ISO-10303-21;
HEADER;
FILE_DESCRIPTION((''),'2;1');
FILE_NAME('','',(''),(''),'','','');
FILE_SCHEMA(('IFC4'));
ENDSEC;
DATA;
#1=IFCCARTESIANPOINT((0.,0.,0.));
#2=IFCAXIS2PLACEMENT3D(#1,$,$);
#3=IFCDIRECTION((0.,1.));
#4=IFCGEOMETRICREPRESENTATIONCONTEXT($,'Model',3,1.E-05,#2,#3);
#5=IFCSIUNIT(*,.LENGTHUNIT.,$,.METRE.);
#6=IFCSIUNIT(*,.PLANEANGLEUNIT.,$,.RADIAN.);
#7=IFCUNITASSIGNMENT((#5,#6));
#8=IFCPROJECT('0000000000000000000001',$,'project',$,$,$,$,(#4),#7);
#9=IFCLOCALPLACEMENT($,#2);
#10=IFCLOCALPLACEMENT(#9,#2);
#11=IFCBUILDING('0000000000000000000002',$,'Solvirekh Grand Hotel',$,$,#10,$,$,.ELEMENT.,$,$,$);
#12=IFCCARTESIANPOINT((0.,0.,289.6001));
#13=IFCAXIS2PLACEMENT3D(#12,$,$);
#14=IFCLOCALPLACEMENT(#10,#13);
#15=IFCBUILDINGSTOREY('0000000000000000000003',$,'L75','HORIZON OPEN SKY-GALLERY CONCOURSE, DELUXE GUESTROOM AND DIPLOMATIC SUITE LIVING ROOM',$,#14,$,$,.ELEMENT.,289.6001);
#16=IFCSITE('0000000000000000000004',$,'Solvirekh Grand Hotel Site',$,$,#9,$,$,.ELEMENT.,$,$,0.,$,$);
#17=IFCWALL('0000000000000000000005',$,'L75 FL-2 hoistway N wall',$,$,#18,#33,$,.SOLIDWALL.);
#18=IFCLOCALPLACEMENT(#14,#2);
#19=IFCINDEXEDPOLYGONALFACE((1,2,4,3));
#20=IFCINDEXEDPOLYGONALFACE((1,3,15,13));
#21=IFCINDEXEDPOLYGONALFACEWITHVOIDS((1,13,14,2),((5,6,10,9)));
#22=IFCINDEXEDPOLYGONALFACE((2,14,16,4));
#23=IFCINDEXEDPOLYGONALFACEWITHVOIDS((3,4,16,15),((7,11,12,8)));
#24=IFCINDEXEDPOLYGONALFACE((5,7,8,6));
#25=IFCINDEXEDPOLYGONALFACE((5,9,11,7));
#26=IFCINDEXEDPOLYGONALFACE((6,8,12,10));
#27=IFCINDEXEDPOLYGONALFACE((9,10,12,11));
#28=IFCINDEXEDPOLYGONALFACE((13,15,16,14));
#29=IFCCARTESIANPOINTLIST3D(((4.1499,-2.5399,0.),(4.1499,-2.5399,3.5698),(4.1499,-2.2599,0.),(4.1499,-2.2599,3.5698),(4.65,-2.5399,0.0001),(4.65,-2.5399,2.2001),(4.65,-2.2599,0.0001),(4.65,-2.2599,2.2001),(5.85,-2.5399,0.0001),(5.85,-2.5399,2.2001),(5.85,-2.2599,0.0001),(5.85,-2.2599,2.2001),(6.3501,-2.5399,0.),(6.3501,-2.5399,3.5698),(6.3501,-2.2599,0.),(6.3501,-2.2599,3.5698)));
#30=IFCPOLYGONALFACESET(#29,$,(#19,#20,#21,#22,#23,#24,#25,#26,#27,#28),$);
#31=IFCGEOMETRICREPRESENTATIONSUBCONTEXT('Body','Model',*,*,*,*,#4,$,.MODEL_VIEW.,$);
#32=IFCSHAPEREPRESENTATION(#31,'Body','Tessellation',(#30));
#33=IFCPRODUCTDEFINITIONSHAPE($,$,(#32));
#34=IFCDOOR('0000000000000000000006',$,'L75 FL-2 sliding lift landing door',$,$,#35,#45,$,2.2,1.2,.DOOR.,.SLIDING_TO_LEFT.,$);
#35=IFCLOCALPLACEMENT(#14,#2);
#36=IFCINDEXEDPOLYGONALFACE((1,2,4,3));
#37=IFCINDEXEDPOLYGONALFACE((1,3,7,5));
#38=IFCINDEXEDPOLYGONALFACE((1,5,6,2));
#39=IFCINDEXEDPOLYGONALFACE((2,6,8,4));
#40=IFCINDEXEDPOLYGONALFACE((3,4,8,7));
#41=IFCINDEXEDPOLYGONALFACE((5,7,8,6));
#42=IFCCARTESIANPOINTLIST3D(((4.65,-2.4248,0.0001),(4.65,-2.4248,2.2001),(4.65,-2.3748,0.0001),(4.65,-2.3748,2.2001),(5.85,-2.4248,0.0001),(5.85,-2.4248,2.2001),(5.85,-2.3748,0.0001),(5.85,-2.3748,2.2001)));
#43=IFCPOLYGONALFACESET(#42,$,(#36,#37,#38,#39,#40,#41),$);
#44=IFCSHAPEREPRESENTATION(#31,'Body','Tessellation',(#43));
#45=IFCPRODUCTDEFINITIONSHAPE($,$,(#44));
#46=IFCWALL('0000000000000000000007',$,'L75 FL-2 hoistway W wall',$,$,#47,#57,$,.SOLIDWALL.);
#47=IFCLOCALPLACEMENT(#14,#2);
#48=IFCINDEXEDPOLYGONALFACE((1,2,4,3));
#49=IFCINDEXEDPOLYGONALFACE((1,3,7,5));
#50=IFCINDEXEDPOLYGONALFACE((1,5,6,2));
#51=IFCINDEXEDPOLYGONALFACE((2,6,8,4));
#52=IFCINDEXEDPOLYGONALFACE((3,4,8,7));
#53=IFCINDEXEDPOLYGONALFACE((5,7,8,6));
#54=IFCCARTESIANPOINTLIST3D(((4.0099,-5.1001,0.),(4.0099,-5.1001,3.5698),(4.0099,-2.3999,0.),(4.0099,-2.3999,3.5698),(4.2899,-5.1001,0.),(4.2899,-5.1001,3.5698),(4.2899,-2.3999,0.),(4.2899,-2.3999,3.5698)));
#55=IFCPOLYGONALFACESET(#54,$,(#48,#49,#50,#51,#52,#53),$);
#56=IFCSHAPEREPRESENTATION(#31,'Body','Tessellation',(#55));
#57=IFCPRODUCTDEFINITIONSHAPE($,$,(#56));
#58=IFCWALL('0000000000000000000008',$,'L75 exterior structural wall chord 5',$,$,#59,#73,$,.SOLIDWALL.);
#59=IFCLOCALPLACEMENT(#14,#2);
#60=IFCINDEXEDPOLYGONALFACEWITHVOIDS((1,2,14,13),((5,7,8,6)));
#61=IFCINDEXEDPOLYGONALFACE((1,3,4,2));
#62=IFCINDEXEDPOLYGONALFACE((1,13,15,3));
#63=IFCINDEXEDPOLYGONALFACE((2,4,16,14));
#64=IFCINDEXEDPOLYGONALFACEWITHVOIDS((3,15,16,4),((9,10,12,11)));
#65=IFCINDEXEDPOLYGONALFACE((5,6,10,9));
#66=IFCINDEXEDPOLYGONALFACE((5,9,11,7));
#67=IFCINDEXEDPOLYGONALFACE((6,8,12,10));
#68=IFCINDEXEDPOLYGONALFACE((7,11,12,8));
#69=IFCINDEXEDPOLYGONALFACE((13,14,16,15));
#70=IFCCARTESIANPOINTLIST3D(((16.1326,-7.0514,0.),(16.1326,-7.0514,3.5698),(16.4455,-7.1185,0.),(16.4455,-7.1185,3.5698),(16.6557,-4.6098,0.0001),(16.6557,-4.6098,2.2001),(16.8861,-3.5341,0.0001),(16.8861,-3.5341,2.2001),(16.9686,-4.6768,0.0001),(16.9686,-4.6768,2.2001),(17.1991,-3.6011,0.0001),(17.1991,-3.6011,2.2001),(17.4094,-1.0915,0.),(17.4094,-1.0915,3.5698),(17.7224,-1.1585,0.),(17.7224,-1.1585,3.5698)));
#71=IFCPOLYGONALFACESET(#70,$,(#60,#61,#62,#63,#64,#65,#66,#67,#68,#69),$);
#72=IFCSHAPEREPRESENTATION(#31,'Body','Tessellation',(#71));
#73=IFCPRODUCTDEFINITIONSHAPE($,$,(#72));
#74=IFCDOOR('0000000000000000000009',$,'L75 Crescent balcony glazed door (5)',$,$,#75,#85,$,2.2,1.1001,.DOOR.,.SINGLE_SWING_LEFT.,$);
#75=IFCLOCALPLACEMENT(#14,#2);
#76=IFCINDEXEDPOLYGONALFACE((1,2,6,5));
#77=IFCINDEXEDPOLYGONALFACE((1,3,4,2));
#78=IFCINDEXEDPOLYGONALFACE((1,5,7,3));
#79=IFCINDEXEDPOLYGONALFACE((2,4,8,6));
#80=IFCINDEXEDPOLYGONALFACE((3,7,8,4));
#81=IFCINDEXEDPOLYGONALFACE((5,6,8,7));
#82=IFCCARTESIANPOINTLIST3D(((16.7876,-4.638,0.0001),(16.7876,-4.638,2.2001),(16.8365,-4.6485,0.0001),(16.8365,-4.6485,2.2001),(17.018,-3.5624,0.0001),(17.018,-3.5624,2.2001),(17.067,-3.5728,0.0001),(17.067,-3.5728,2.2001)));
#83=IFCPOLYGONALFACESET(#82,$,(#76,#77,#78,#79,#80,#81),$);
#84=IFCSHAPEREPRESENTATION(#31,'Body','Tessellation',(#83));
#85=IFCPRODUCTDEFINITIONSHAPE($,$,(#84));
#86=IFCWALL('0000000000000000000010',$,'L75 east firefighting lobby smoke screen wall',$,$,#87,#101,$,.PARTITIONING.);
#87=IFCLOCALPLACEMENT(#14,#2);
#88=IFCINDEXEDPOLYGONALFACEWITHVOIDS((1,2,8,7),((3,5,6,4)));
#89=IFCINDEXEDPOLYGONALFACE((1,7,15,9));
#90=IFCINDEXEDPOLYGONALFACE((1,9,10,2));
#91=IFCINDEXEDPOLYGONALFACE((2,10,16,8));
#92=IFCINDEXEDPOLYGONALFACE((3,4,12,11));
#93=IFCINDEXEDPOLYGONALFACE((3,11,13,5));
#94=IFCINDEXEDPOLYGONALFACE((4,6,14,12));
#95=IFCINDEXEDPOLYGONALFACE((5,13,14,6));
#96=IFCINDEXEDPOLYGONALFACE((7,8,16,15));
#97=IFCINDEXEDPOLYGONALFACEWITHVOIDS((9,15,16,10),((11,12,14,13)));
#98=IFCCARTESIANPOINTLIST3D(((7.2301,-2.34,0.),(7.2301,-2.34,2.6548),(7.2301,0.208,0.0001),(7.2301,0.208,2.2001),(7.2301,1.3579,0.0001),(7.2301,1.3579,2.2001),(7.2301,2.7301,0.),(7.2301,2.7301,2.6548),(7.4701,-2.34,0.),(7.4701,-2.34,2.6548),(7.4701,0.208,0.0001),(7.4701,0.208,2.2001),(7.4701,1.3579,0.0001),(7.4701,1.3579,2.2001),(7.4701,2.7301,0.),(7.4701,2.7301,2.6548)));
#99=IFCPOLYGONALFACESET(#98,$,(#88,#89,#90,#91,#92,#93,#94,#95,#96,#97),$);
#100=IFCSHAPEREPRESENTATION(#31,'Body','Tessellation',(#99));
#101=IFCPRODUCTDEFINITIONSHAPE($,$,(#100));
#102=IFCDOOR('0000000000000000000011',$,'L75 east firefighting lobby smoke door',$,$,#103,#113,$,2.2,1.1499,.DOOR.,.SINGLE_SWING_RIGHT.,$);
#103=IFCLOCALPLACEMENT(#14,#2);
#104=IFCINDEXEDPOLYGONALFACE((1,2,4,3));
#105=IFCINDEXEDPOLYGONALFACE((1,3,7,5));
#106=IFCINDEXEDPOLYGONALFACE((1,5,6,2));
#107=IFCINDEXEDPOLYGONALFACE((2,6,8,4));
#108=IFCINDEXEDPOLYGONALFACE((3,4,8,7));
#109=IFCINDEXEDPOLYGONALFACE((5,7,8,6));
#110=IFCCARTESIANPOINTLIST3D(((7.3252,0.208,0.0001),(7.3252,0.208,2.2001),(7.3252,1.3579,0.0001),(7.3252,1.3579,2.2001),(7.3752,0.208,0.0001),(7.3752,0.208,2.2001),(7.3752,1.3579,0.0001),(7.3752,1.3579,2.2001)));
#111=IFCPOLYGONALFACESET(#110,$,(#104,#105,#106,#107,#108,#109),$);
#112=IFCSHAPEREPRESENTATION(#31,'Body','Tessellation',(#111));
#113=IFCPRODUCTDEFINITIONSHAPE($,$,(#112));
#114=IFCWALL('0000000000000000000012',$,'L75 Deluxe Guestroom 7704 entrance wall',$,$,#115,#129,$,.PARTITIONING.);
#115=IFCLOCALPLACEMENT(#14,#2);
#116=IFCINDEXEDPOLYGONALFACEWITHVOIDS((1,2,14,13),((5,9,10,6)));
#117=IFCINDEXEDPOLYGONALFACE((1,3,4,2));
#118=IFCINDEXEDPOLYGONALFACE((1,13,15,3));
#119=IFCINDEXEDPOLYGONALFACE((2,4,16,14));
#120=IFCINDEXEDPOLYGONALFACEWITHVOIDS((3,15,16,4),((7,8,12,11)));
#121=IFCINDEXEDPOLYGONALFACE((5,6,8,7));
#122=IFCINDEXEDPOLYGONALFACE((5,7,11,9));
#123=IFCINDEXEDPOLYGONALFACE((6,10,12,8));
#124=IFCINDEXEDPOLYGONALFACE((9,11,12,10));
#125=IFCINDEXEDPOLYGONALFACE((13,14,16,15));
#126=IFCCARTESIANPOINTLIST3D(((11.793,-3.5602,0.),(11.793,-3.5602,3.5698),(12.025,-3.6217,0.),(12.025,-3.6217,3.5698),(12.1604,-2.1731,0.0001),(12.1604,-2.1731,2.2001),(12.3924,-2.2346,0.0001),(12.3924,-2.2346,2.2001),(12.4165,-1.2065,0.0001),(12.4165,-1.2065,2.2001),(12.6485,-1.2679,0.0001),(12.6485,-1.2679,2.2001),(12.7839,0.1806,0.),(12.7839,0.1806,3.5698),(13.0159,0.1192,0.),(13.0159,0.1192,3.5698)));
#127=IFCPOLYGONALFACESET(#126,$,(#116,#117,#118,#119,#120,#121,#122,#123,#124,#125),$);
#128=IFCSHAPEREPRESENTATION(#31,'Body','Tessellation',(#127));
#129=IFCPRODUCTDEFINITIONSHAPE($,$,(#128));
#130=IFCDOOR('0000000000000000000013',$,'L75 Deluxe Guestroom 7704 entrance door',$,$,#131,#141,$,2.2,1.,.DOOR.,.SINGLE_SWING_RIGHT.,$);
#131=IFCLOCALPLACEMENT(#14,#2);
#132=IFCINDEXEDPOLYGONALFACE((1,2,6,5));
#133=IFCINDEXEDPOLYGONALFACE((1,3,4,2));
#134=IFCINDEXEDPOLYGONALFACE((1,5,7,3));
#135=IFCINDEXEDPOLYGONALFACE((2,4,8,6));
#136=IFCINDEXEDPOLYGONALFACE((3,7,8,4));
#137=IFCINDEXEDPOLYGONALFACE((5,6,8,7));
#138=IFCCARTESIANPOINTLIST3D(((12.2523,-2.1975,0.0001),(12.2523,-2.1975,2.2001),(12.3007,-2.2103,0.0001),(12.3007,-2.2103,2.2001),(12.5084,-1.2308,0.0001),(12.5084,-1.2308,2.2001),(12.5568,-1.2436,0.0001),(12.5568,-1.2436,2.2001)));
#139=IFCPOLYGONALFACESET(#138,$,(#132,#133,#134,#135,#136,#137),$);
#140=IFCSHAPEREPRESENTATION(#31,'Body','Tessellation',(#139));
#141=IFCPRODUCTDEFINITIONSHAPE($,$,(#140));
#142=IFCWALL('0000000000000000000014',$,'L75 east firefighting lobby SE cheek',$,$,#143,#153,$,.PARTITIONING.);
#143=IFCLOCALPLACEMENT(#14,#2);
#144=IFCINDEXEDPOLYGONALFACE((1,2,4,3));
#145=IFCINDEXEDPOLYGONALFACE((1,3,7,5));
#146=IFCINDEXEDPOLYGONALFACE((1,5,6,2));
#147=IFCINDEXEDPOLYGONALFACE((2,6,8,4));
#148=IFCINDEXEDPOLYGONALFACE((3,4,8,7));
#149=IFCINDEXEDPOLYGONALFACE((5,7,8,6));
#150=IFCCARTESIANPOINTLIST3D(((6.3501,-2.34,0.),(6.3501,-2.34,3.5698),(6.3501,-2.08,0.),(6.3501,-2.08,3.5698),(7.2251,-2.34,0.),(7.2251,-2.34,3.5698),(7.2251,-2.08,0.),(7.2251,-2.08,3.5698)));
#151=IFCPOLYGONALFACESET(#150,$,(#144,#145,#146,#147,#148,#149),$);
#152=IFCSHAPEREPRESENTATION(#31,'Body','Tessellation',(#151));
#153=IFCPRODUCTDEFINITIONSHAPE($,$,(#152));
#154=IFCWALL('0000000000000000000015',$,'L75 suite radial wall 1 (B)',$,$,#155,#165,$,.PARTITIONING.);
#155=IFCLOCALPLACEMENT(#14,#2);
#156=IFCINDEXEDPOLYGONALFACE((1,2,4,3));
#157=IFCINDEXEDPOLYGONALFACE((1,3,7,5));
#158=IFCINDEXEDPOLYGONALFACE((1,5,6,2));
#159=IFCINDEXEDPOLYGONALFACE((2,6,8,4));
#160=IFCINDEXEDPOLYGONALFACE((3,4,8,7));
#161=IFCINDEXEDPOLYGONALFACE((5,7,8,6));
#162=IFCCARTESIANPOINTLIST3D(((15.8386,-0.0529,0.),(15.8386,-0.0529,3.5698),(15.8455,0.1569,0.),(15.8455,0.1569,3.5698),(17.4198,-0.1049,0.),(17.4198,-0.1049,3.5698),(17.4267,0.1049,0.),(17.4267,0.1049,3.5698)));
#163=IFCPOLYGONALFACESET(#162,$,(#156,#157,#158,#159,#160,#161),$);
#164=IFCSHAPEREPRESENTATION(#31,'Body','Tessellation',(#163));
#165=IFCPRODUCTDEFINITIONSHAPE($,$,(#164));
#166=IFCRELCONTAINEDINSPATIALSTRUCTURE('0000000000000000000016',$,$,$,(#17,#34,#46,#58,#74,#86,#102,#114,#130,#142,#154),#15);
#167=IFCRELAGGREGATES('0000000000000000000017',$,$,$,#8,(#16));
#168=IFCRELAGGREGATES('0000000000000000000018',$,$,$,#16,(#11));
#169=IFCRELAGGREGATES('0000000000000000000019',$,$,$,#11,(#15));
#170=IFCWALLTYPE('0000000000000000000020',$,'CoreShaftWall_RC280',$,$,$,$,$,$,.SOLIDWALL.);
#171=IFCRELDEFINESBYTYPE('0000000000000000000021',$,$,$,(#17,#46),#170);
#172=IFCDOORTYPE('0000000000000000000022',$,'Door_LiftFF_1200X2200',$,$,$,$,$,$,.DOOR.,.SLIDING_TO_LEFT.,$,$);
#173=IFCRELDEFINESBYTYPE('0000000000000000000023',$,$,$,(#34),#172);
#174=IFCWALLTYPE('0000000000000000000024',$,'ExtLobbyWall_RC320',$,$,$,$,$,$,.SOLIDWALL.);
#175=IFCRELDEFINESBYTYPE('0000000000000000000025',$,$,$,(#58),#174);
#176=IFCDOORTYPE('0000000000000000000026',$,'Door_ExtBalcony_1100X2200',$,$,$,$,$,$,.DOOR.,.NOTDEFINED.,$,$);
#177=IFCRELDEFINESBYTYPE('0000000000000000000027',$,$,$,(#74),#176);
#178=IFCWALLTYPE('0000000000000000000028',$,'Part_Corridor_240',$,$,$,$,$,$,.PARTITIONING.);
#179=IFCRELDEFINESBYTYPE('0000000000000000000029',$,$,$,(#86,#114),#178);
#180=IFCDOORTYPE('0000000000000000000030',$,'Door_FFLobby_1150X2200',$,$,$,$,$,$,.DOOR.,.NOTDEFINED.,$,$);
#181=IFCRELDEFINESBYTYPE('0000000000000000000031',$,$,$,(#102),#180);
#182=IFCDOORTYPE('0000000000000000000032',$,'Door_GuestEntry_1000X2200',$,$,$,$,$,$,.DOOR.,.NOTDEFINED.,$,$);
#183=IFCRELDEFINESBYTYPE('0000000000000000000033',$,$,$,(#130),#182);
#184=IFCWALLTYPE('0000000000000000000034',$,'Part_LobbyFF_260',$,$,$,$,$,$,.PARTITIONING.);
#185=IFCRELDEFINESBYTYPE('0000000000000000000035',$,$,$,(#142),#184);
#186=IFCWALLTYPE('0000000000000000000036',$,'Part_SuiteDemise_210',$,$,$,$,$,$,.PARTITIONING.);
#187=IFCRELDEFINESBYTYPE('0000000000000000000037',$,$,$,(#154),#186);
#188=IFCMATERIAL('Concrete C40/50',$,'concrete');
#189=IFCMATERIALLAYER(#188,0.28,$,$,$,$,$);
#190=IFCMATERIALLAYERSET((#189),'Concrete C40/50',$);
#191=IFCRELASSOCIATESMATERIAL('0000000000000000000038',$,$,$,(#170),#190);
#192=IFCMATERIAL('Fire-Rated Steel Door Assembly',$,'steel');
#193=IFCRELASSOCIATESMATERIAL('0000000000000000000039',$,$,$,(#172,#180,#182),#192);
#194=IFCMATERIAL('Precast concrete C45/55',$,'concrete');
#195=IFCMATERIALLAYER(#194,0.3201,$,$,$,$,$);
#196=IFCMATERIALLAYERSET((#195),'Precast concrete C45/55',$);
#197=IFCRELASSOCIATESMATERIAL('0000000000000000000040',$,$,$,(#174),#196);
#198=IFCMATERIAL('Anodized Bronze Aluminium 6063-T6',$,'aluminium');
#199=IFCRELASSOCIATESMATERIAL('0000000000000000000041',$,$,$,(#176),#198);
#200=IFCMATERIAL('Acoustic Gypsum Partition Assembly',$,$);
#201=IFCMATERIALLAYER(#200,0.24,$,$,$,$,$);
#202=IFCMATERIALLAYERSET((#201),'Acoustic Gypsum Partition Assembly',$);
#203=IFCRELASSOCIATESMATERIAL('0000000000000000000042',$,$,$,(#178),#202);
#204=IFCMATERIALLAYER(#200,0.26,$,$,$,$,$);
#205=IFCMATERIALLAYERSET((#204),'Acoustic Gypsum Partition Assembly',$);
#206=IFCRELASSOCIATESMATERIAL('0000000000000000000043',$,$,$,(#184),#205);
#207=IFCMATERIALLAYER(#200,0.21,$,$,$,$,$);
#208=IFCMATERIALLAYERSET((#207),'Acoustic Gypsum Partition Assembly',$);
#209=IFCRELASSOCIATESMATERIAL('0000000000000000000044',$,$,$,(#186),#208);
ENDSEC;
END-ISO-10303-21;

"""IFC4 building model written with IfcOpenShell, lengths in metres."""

from ifc_helpers import new_model, si_unit, direction, frame, frame_2d, origin, place, context, subcontext, project, spatial, rectangle, extrude, material, layer, layer_set, type_object, element, fill, save


model = new_model("IFC4")

# Units and contexts
model_context = context("Model", 3, precision=1e-05, world=origin(), true_north=direction((0.0, 1.0)))
body_context = subcontext(model_context, "Body", "Model", "MODEL_VIEW")
ifc_project = project(units=[si_unit("LENGTHUNIT", "METRE"), si_unit("PLANEANGLEUNIT", "RADIAN")], contexts=[model_context])

# Site, building, storey
site_placement = place(None, origin())
site = spatial("IfcSite", under=ifc_project, at=site_placement, Name="Solvirekh Grand Hotel Site", CompositionType="ELEMENT", RefElevation=0.0)
building_placement = place(site_placement, origin())
building = spatial("IfcBuilding", under=site, at=building_placement, Name="Solvirekh Grand Hotel", CompositionType="ELEMENT")
storey_placement = place(building_placement, frame((0.0, 0.0, 289.6001)))
storey = spatial("IfcBuildingStorey", under=building, at=storey_placement, Name="L75", Description="HORIZON OPEN SKY-GALLERY CONCOURSE, DELUXE GUESTROOM AND DIPLOMATIC SUITE LIVING ROOM", CompositionType="ELEMENT", Elevation=289.6001)

# Shared definitions
ifc_material_1 = material(Name="Concrete C40/50", Category="concrete")
ifc_layer_1 = layer(ifc_material_1, 0.28)
ifc_layer_set_1 = layer_set([ifc_layer_1], Name="Concrete C40/50")
wall_type_1 = type_object("IfcWallType", Name="CoreShaftWall_RC280", PredefinedType="SOLIDWALL", material=ifc_layer_set_1)

# Wall, opening, door
wall_1_placement = place(storey_placement, frame((6.3501, -2.3999, 0.0), z_axis=(0.0, 0.0, 1.0), x_axis=(-1.0, 0.0, 0.0)))
wall_1 = element("IfcWall", 1, at=wall_1_placement, inside=storey, type_object=wall_type_1, Name="L75 FL-2 hoistway N wall", PredefinedType="SOLIDWALL", context=body_context, shape_type="SweptSolid", body=[
    extrude(rectangle(XDim=2.2002, YDim=0.28, at=frame_2d((1.1001, 0.0))), origin(), (0.0, 0.0, 1.0), 3.5698),
])
opening_1_placement = place(wall_1_placement, frame((0.5, 0.0, 0.0)))
opening_1 = element("IfcOpeningElement", 2, at=opening_1_placement, cuts=wall_1, PredefinedType="OPENING", context=body_context, shape_type="SweptSolid", body=[
    extrude(rectangle(XDim=1.2, YDim=2.2, at=frame_2d((0.6001, 1.1001))), frame((0.0, 0.1499, 0.0), z_axis=(0.0, -1.0, 0.0), x_axis=(1.0, 0.0, 0.0)), (0.0, 0.0, 1.0), 0.3),
])
ifc_material_2 = material(Name="Fire-Rated Steel Door Assembly", Category="steel")
door_type_1 = type_object("IfcDoorType", Name="Door_LiftFF_1200X2200", OperationType="SLIDING_TO_LEFT", PredefinedType="DOOR", material=ifc_material_2)
door_1_placement = place(opening_1_placement, origin())
door_1 = element("IfcDoor", 3, at=door_1_placement, inside=storey, type_object=door_type_1, Name="L75 FL-2 sliding lift landing door", OperationType="SLIDING_TO_LEFT", OverallHeight=2.2, OverallWidth=1.2, PredefinedType="DOOR", context=body_context, shape_type="SweptSolid", body=[
    extrude(rectangle(XDim=1.2, YDim=2.2, at=frame_2d((0.6001, 1.1001))), frame((0.0, 0.0249, 0.0), z_axis=(0.0, -1.0, 0.0), x_axis=(1.0, 0.0, 0.0)), (0.0, 0.0, 1.0), 0.05),
])
fill(opening_1, door_1)

# Wall
wall_2_placement = place(storey_placement, frame((4.1499, -2.3999, 0.0), z_axis=(0.0, 0.0, 1.0), x_axis=(0.0, -1.0, 0.0)))
element("IfcWall", 4, at=wall_2_placement, inside=storey, type_object=wall_type_1, Name="L75 FL-2 hoistway W wall", PredefinedType="SOLIDWALL", context=body_context, shape_type="SweptSolid", body=[
    extrude(rectangle(XDim=2.7002, YDim=0.28, at=frame_2d((1.3501, 0.0))), origin(), (0.0, 0.0, 1.0), 3.5698),
])

# Walls, openings, doors
ifc_material_3 = material(Name="Precast concrete C45/55", Category="concrete")
ifc_layer_2 = layer(ifc_material_3, 0.3201)
ifc_layer_set_2 = layer_set([ifc_layer_2], Name="Precast concrete C45/55")
wall_type_2 = type_object("IfcWallType", Name="ExtLobbyWall_RC320", PredefinedType="SOLIDWALL", material=ifc_layer_set_2)
wall_3_placement = place(storey_placement, frame((17.5659, -1.125, 0.0), z_axis=(0.0, 0.0, 1.0), x_axis=(-0.209485, -0.977812, 0.0)))
wall_3 = element("IfcWall", 5, at=wall_3_placement, inside=storey, type_object=wall_type_2, Name="L75 exterior structural wall chord 5", PredefinedType="SOLIDWALL", context=body_context, shape_type="SweptSolid", body=[
    extrude(rectangle(XDim=6.0952, YDim=0.3201, at=frame_2d((3.0476, 0.0))), origin(), (0.0, 0.0, 1.0), 3.5698),
])
opening_2_placement = place(wall_3_placement, frame((2.498, 0.0, 0.0)))
opening_2 = element("IfcOpeningElement", 6, at=opening_2_placement, cuts=wall_3, PredefinedType="OPENING", context=body_context, shape_type="SweptSolid", body=[
    extrude(rectangle(XDim=1.1001, YDim=2.2, at=frame_2d((0.55, 1.1001))), frame((0.0, 0.1699, 0.0), z_axis=(0.0, -1.0, 0.0), x_axis=(1.0, 0.0, 0.0)), (0.0, 0.0, 1.0), 0.3401),
])
ifc_material_4 = material(Name="Anodized Bronze Aluminium 6063-T6", Category="aluminium")
door_type_2 = type_object("IfcDoorType", Name="Door_ExtBalcony_1100X2200", OperationType="NOTDEFINED", PredefinedType="DOOR", material=ifc_material_4)
door_2_placement = place(opening_2_placement, origin())
door_2 = element("IfcDoor", 7, at=door_2_placement, inside=storey, type_object=door_type_2, Name="L75 Crescent balcony glazed door (5)", OperationType="SINGLE_SWING_LEFT", OverallHeight=2.2, OverallWidth=1.1001, PredefinedType="DOOR", context=body_context, shape_type="SweptSolid", body=[
    extrude(rectangle(XDim=1.1001, YDim=2.2, at=frame_2d((0.55, 1.1001))), frame((0.0, 0.0249, 0.0), z_axis=(0.0, -1.0, 0.0), x_axis=(1.0, 0.0, 0.0)), (0.0, 0.0, 1.0), 0.05),
])
fill(opening_2, door_2)
ifc_material_5 = material(Name="Acoustic Gypsum Partition Assembly")
ifc_layer_3 = layer(ifc_material_5, 0.24)
ifc_layer_set_3 = layer_set([ifc_layer_3], Name="Acoustic Gypsum Partition Assembly")
wall_type_3 = type_object("IfcWallType", Name="Part_Corridor_240", PredefinedType="PARTITIONING", material=ifc_layer_set_3)
wall_4_placement = place(storey_placement, frame((7.3501, -2.3401, 0.0), z_axis=(0.0, 0.0, 1.0), x_axis=(0.0, 1.0, 0.0)))
wall_4 = element("IfcWall", 8, at=wall_4_placement, inside=storey, type_object=wall_type_3, Name="L75 east firefighting lobby smoke screen wall", PredefinedType="PARTITIONING", context=body_context, shape_type="SweptSolid", body=[
    extrude(rectangle(XDim=5.0701, YDim=0.24, at=frame_2d((2.5352, 0.0))), origin(), (0.0, 0.0, 1.0), 2.6548),
])
opening_3_placement = place(wall_4_placement, frame((2.5481, 0.0, 0.0)))
opening_3 = element("IfcOpeningElement", 9, at=opening_3_placement, cuts=wall_4, PredefinedType="OPENING", context=body_context, shape_type="SweptSolid", body=[
    extrude(rectangle(XDim=1.1499, YDim=2.2, at=frame_2d((0.575, 1.1001))), frame((0.0, 0.1299, 0.0), z_axis=(0.0, -1.0, 0.0), x_axis=(1.0, 0.0, 0.0)), (0.0, 0.0, 1.0), 0.26),
])
door_type_3 = type_object("IfcDoorType", Name="Door_FFLobby_1150X2200", OperationType="NOTDEFINED", PredefinedType="DOOR", material=ifc_material_2)
door_3_placement = place(opening_3_placement, origin())
door_3 = element("IfcDoor", 10, at=door_3_placement, inside=storey, type_object=door_type_3, Name="L75 east firefighting lobby smoke door", OperationType="SINGLE_SWING_RIGHT", OverallHeight=2.2, OverallWidth=1.1499, PredefinedType="DOOR", context=body_context, shape_type="SweptSolid", body=[
    extrude(rectangle(XDim=1.1499, YDim=2.2, at=frame_2d((0.575, 1.1001))), frame((0.0, 0.0249, 0.0), z_axis=(0.0, -1.0, 0.0), x_axis=(1.0, 0.0, 0.0)), (0.0, 0.0, 1.0), 0.05),
])
fill(opening_3, door_3)
wall_5_placement = place(storey_placement, frame((11.9089, -3.5911, 0.0), z_axis=(0.0, 0.0, 1.0), x_axis=(0.256064, 0.96666, 0.0)))
wall_5 = element("IfcWall", 11, at=wall_5_placement, inside=storey, type_object=wall_type_3, Name="L75 Deluxe Guestroom 7704 entrance wall", PredefinedType="PARTITIONING", context=body_context, shape_type="SweptSolid", body=[
    extrude(rectangle(XDim=3.8699, YDim=0.24, at=frame_2d((1.9351, 0.0))), origin(), (0.0, 0.0, 1.0), 3.5698),
])
opening_4_placement = place(wall_5_placement, frame((1.4351, 0.0, 0.0)))
opening_4 = element("IfcOpeningElement", 12, at=opening_4_placement, cuts=wall_5, PredefinedType="OPENING", context=body_context, shape_type="SweptSolid", body=[
    extrude(rectangle(XDim=1.0, YDim=2.2, at=frame_2d((0.5, 1.1001))), frame((0.0, 0.1299, 0.0), z_axis=(0.0, -1.0, 0.0), x_axis=(1.0, 0.0, 0.0)), (0.0, 0.0, 1.0), 0.26),
])
door_type_4 = type_object("IfcDoorType", Name="Door_GuestEntry_1000X2200", OperationType="NOTDEFINED", PredefinedType="DOOR", material=ifc_material_2)
door_4_placement = place(opening_4_placement, origin())
door_4 = element("IfcDoor", 13, at=door_4_placement, inside=storey, type_object=door_type_4, Name="L75 Deluxe Guestroom 7704 entrance door", OperationType="SINGLE_SWING_RIGHT", OverallHeight=2.2, OverallWidth=1.0, PredefinedType="DOOR", context=body_context, shape_type="SweptSolid", body=[
    extrude(rectangle(XDim=1.0, YDim=2.2, at=frame_2d((0.5, 1.1001))), frame((0.0, 0.0249, 0.0), z_axis=(0.0, -1.0, 0.0), x_axis=(1.0, 0.0, 0.0)), (0.0, 0.0, 1.0), 0.05),
])
fill(opening_4, door_4)

# Walls
ifc_layer_4 = layer(ifc_material_5, 0.26)
ifc_layer_set_4 = layer_set([ifc_layer_4], Name="Acoustic Gypsum Partition Assembly")
wall_type_4 = type_object("IfcWallType", Name="Part_LobbyFF_260", PredefinedType="PARTITIONING", material=ifc_layer_set_4)
wall_6_placement = place(storey_placement, frame((6.3501, -2.21, 0.0), z_axis=(0.0, 0.0, 1.0), x_axis=(1.0, 0.0, 0.0)))
element("IfcWall", 14, at=wall_6_placement, inside=storey, type_object=wall_type_4, Name="L75 east firefighting lobby SE cheek", PredefinedType="PARTITIONING", context=body_context, shape_type="SweptSolid", body=[
    extrude(rectangle(XDim=0.875, YDim=0.26, at=frame_2d((0.4375, 0.0))), origin(), (0.0, 0.0, 1.0), 3.5698),
])
ifc_layer_5 = layer(ifc_material_5, 0.21)
ifc_layer_set_5 = layer_set([ifc_layer_5], Name="Acoustic Gypsum Partition Assembly")
wall_type_5 = type_object("IfcWallType", Name="Part_SuiteDemise_210", PredefinedType="PARTITIONING", material=ifc_layer_set_5)
wall_7_placement = place(storey_placement, frame((15.842, 0.052, 0.0), z_axis=(0.0, 0.0, 1.0), x_axis=(0.99946, -0.032873, 0.0)))
element("IfcWall", 15, at=wall_7_placement, inside=storey, type_object=wall_type_5, Name="L75 suite radial wall 1 (B)", PredefinedType="PARTITIONING", context=body_context, shape_type="SweptSolid", body=[
    extrude(rectangle(XDim=1.582, YDim=0.21, at=frame_2d((0.791, 0.0))), origin(), (0.0, 0.0, 1.0), 3.5698),
])

save(model, "model.ifc")
